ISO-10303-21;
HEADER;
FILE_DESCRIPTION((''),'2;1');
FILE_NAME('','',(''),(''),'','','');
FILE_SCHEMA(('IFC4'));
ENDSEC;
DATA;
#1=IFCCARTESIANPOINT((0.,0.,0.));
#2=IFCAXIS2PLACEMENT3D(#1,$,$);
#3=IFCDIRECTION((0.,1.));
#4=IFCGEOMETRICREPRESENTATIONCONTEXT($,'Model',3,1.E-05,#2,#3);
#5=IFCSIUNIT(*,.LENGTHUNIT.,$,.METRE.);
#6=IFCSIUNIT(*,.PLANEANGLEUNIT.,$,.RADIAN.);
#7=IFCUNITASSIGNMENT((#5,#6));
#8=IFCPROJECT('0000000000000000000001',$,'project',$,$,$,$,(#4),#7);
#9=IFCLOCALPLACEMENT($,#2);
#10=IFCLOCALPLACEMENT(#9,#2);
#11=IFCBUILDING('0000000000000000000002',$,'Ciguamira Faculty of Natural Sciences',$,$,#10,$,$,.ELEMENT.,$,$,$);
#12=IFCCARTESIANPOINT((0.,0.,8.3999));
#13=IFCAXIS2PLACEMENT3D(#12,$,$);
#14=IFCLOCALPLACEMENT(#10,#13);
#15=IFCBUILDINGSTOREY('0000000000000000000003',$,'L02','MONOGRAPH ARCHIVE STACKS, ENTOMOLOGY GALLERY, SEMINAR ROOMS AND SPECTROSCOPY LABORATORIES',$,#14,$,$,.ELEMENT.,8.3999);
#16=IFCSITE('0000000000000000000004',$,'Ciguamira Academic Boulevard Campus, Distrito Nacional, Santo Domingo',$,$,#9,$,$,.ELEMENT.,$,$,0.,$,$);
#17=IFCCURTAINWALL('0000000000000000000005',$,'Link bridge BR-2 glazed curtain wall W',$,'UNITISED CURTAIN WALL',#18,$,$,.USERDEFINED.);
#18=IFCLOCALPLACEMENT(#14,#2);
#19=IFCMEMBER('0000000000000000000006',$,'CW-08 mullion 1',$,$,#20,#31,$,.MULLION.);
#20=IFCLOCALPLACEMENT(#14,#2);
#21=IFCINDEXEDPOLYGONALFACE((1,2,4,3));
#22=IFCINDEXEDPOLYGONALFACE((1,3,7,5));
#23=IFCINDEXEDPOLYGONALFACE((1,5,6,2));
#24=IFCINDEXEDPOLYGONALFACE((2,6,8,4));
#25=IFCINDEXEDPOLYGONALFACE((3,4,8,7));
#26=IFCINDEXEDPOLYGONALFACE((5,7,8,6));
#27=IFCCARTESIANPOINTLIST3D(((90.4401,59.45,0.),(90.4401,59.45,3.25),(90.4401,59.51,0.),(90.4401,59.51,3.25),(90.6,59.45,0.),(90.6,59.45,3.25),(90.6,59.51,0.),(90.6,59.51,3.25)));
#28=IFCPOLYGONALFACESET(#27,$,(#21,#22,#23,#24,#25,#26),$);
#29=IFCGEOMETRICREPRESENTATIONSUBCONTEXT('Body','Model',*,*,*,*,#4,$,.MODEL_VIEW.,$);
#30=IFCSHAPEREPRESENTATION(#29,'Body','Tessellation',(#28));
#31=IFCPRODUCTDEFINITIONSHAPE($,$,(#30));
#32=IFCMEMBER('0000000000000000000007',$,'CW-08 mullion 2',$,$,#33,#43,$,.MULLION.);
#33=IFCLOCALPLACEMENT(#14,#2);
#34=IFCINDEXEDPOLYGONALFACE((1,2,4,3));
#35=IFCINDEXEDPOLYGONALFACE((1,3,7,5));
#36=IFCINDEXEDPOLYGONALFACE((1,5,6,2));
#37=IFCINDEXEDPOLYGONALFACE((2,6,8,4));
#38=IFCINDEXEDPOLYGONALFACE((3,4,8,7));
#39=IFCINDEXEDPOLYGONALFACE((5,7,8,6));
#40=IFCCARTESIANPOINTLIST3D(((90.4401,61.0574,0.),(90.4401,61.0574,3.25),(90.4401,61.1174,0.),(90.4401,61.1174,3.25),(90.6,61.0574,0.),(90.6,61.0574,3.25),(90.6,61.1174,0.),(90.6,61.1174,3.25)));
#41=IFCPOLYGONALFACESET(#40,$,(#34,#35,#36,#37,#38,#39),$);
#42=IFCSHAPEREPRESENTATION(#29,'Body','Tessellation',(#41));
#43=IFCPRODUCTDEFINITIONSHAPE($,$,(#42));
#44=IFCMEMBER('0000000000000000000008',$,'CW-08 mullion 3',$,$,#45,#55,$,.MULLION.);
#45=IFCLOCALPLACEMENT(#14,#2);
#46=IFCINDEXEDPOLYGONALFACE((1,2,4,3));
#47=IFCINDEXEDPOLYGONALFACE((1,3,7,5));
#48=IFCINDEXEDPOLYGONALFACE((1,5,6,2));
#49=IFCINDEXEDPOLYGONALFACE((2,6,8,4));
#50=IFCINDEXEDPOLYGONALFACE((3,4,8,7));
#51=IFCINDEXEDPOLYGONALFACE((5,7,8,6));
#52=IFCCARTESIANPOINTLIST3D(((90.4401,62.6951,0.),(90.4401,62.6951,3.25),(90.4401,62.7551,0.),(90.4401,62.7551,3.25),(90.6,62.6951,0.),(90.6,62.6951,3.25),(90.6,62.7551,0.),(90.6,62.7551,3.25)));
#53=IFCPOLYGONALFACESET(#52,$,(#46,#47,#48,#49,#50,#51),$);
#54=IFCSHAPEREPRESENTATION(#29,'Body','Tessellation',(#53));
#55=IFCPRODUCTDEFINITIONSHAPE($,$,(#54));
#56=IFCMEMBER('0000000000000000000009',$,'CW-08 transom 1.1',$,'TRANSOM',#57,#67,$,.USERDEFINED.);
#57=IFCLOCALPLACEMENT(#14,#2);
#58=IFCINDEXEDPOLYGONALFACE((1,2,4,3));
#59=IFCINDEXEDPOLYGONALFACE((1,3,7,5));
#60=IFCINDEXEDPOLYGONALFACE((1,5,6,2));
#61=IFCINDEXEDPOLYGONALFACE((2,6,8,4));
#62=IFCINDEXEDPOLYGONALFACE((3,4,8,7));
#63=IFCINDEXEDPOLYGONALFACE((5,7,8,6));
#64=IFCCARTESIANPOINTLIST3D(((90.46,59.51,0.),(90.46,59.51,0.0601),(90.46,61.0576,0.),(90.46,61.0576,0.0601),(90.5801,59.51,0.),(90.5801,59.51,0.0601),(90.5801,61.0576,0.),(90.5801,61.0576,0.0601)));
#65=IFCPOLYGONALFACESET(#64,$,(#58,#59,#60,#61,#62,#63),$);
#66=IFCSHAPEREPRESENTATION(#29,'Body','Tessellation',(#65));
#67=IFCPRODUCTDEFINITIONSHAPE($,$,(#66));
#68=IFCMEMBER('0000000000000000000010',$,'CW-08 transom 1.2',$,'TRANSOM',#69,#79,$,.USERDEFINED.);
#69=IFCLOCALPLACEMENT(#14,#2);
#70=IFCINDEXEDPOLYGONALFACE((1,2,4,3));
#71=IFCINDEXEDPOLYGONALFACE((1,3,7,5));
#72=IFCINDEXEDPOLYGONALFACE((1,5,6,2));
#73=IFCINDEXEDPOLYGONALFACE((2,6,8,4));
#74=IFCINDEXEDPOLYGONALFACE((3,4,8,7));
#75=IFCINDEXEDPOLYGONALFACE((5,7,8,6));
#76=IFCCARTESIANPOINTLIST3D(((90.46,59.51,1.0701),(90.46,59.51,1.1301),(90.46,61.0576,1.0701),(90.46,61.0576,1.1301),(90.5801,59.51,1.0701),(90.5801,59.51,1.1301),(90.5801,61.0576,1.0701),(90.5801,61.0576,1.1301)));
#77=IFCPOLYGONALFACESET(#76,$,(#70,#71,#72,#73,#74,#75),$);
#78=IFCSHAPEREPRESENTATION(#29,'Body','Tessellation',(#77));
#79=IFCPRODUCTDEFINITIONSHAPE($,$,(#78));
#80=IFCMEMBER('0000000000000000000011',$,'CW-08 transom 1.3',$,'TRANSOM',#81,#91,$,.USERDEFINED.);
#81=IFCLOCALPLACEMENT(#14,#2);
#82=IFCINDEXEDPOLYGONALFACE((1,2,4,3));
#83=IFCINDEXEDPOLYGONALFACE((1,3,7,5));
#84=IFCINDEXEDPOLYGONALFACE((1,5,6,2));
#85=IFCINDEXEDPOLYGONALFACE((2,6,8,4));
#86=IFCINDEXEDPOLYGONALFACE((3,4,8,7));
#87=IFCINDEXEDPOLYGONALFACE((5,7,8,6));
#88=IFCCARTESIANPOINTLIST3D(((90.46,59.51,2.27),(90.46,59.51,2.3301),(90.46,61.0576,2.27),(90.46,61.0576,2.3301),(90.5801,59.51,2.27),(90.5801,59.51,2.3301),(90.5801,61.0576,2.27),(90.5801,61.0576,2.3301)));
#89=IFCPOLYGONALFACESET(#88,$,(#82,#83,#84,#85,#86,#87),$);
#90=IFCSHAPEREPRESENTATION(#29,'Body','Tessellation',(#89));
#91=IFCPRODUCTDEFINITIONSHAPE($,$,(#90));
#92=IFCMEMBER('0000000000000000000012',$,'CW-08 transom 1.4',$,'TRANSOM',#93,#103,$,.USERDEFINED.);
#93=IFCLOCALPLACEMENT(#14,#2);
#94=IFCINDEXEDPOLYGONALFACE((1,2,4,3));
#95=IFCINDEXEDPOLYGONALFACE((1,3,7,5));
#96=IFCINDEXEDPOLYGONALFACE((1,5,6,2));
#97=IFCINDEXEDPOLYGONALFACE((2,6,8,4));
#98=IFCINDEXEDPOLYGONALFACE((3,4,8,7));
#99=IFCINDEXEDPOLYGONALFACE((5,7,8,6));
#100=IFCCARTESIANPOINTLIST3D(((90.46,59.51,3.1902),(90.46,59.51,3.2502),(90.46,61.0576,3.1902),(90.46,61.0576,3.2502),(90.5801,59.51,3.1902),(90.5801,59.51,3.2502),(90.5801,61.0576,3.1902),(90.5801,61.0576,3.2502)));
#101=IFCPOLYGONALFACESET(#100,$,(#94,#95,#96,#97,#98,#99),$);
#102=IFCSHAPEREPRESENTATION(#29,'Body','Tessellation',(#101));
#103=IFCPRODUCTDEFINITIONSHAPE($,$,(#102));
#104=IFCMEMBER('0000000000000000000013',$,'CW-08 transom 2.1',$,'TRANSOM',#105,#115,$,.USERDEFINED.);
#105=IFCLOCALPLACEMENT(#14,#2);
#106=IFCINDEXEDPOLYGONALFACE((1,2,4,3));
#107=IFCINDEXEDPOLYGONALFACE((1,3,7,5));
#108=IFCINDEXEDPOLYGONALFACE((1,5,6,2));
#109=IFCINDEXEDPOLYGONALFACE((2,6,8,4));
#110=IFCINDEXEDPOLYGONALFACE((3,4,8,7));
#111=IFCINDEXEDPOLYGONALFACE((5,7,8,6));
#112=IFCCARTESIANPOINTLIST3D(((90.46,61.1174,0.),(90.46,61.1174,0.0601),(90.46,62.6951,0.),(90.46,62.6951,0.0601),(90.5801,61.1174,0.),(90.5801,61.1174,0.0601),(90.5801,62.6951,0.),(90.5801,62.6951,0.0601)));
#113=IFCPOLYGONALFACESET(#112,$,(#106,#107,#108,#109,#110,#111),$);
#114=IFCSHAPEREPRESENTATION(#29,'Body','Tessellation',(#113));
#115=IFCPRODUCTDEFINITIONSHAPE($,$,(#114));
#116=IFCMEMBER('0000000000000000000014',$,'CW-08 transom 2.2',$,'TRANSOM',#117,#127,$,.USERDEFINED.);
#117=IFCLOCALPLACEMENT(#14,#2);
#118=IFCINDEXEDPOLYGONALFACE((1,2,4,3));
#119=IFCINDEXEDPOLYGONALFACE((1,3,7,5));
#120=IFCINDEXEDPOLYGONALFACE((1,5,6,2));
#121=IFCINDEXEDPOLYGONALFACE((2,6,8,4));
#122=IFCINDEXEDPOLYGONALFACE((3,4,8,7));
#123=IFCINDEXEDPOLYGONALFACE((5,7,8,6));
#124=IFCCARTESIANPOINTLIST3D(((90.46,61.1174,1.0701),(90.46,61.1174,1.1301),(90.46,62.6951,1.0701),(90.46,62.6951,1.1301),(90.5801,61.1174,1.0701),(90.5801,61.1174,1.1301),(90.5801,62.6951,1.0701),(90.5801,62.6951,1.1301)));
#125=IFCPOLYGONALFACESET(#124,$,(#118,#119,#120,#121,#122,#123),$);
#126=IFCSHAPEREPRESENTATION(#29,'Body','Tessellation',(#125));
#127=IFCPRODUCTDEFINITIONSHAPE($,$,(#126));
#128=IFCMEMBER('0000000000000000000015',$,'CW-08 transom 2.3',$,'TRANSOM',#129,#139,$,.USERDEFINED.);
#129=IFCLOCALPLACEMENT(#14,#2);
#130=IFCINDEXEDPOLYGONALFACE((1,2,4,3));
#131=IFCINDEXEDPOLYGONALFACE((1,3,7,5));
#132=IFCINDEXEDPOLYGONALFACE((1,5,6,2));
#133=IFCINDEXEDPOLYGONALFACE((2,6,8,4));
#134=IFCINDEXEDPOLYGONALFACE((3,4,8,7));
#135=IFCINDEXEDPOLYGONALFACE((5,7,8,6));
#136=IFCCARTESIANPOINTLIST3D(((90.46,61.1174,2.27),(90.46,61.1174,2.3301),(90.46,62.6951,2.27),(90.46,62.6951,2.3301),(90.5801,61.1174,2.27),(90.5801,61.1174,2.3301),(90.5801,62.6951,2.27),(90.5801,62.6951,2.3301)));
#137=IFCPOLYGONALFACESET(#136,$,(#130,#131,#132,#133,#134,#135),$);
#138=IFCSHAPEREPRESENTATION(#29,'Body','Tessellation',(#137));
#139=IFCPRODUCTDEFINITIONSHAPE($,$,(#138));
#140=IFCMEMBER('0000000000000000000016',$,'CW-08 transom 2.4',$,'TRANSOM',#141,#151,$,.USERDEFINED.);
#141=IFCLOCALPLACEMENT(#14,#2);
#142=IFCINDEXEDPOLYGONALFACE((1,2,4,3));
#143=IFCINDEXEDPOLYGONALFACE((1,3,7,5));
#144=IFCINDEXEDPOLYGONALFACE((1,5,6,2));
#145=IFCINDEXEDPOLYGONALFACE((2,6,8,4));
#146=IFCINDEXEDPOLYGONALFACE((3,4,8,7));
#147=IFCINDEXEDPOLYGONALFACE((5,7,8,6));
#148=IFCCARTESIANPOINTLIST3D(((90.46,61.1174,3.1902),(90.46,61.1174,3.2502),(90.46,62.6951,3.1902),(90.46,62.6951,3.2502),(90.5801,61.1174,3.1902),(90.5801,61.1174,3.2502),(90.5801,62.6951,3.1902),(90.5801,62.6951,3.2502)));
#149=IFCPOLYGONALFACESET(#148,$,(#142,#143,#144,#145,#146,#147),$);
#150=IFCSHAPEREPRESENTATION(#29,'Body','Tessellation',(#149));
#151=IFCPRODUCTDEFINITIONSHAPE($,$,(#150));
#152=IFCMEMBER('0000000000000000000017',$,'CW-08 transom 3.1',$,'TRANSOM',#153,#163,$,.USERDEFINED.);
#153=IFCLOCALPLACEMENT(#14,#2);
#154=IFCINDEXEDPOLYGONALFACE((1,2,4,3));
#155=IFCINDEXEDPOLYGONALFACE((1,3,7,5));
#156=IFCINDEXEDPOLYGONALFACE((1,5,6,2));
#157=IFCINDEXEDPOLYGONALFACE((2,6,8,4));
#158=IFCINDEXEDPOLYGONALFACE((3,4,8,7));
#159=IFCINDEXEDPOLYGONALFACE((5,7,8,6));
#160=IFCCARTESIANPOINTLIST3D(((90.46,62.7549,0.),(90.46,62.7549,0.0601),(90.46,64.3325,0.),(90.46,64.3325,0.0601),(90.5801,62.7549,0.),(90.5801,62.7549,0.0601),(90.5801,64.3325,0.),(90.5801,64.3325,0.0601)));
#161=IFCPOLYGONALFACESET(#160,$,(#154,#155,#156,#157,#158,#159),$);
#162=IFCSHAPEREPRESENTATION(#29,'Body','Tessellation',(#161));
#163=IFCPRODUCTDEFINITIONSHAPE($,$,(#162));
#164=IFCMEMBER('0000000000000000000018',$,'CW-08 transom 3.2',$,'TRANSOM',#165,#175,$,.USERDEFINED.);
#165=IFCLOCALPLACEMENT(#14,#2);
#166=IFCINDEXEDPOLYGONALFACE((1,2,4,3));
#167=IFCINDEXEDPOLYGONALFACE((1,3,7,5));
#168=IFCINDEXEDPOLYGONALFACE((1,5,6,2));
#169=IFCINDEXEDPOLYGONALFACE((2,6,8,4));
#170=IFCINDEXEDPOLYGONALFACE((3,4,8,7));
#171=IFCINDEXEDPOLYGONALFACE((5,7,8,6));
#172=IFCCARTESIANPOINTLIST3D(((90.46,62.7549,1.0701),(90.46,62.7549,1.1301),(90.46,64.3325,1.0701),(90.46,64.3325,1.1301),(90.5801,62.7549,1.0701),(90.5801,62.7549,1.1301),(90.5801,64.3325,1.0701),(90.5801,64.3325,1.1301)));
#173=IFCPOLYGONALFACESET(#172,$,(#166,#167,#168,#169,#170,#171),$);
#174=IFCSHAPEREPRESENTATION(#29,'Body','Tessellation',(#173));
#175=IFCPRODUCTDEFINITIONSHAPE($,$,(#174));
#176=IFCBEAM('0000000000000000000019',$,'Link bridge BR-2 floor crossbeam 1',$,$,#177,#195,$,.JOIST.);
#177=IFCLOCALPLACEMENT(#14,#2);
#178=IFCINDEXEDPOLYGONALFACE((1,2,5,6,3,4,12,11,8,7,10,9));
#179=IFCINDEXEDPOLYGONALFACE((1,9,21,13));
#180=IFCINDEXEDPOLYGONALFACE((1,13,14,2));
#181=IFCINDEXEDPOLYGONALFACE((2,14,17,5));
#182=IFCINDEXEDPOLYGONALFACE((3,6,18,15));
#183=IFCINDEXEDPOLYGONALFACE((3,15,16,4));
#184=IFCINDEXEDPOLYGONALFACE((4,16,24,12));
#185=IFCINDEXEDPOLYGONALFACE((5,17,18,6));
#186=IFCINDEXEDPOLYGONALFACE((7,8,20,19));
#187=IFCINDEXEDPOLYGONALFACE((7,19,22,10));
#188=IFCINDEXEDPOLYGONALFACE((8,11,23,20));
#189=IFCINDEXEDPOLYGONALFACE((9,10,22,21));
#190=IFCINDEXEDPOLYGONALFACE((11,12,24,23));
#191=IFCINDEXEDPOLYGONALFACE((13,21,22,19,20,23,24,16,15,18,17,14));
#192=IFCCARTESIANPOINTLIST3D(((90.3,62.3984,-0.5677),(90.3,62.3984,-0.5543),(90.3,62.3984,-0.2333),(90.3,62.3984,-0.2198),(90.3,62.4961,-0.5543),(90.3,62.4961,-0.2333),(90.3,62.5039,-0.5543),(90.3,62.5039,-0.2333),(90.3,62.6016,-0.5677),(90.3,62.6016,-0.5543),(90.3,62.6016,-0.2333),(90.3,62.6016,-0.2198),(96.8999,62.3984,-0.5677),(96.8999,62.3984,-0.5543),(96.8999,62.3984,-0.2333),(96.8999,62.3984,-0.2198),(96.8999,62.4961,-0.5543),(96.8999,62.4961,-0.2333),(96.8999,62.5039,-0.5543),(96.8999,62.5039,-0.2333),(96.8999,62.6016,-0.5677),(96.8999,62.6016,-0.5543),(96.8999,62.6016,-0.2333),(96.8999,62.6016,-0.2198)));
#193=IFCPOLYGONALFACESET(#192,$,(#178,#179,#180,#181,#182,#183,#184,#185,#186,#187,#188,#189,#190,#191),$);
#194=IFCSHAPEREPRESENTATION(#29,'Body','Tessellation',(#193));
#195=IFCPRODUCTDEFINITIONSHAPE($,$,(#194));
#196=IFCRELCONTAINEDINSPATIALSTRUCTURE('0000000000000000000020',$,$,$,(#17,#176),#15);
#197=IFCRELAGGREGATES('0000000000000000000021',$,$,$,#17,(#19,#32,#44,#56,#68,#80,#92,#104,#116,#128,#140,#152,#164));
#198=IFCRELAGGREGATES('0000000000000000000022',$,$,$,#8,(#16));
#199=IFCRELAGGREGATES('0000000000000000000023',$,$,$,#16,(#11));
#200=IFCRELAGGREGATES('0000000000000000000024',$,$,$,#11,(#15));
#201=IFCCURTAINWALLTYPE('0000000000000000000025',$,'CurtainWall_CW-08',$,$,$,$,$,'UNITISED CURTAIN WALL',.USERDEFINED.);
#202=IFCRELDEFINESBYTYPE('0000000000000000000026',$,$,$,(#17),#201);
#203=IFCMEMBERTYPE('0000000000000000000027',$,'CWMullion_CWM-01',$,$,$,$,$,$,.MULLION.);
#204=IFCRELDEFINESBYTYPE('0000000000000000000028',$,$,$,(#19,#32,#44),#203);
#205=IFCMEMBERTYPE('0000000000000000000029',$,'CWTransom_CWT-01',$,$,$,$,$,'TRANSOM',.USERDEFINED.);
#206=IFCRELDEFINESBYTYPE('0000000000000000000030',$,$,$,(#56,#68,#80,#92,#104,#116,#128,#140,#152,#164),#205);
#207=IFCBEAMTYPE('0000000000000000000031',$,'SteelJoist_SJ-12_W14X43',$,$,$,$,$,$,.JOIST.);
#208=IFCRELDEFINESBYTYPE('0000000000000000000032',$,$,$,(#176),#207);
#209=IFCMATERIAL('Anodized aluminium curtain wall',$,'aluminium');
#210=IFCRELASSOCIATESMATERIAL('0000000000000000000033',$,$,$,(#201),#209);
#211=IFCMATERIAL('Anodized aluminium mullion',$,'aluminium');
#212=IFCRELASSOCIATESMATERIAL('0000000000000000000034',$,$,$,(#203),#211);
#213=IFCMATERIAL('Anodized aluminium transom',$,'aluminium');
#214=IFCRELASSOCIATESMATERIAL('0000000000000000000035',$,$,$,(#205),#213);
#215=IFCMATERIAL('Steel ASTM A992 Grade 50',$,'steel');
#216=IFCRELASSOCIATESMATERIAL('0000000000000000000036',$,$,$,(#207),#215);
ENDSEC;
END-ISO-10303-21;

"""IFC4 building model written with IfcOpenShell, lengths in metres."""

from ifc_helpers import new_model, si_unit, direction, frame, origin, origin_2d, place, context, subcontext, project, spatial, rectangle, i_section, extrude, material, material_profile, profile_set, type_object, element, aggregate, save


model = new_model("IFC4")

# Units and contexts
model_context = context("Model", 3, precision=1e-05, world=origin(), true_north=direction((0.0, 1.0)))
body_context = subcontext(model_context, "Body", "Model", "MODEL_VIEW")
ifc_project = project(units=[si_unit("LENGTHUNIT", "METRE"), si_unit("PLANEANGLEUNIT", "RADIAN")], contexts=[model_context])

# Site, building, storey
site_placement = place(None, origin())
site = spatial("IfcSite", under=ifc_project, at=site_placement, Name="Ciguamira Academic Boulevard Campus, Distrito Nacional, Santo Domingo", CompositionType="ELEMENT", RefElevation=0.0)
building_placement = place(site_placement, origin())
building = spatial("IfcBuilding", under=site, at=building_placement, Name="Ciguamira Faculty of Natural Sciences", CompositionType="ELEMENT")
storey_placement = place(building_placement, frame((0.0, 0.0, 8.3999)))
storey = spatial("IfcBuildingStorey", under=building, at=storey_placement, Name="L02", Description="MONOGRAPH ARCHIVE STACKS, ENTOMOLOGY GALLERY, SEMINAR ROOMS AND SPECTROSCOPY LABORATORIES", CompositionType="ELEMENT", Elevation=8.3999)

# Curtain wall, members
ifc_material_1 = material(Name="Anodized aluminium curtain wall", Category="aluminium")
curtain_wall_type = type_object("IfcCurtainWallType", Name="CurtainWall_CW-08", ElementType="UNITISED CURTAIN WALL", PredefinedType="USERDEFINED", material=ifc_material_1)
curtain_wall_placement = place(storey_placement, origin())
curtain_wall = element("IfcCurtainWall", 1, at=curtain_wall_placement, inside=storey, type_object=curtain_wall_type, Name="Link bridge BR-2 glazed curtain wall W", ObjectType="UNITISED CURTAIN WALL", PredefinedType="USERDEFINED")
ifc_material_2 = material(Name="Anodized aluminium mullion", Category="aluminium")
ifc_material_profile_1 = material_profile(ifc_material_2, rectangle(XDim=0.0601, YDim=0.1599, at=origin_2d()), Name="ALU-MUL-60X160")
ifc_profile_set_1 = profile_set([ifc_material_profile_1], Name="Anodized aluminium mullion")
member_type_1 = type_object("IfcMemberType", Name="CWMullion_CWM-01", PredefinedType="MULLION", material=ifc_profile_set_1)
member_1_placement = place(storey_placement, frame((90.52, 59.48, 0.0), z_axis=(0.0, 0.0, 1.0), x_axis=(0.0, 1.0, 0.0)))
member_1 = element("IfcMember", 2, at=member_1_placement, type_object=member_type_1, Name="CW-08 mullion 1", PredefinedType="MULLION", context=body_context, shape_type="SweptSolid", body=[
    extrude(rectangle(XDim=0.0601, YDim=0.1599, at=origin_2d()), origin(), (0.0, 0.0, 1.0), 3.25),
])
member_2_placement = place(storey_placement, frame((90.52, 61.0874, 0.0), z_axis=(0.0, 0.0, 1.0), x_axis=(0.0, 1.0, 0.0)))
member_2 = element("IfcMember", 3, at=member_2_placement, type_object=member_type_1, Name="CW-08 mullion 2", PredefinedType="MULLION", context=body_context, shape_type="SweptSolid", body=[
    extrude(rectangle(XDim=0.0601, YDim=0.1599, at=origin_2d()), origin(), (0.0, 0.0, 1.0), 3.25),
])
member_3_placement = place(storey_placement, frame((90.52, 62.7251, 0.0), z_axis=(0.0, 0.0, 1.0), x_axis=(0.0, 1.0, 0.0)))
member_3 = element("IfcMember", 4, at=member_3_placement, type_object=member_type_1, Name="CW-08 mullion 3", PredefinedType="MULLION", context=body_context, shape_type="SweptSolid", body=[
    extrude(rectangle(XDim=0.0601, YDim=0.1599, at=origin_2d()), origin(), (0.0, 0.0, 1.0), 3.25),
])
ifc_material_3 = material(Name="Anodized aluminium transom", Category="aluminium")
ifc_material_profile_2 = material_profile(ifc_material_3, rectangle(XDim=0.0601, YDim=0.1201, at=origin_2d()), Name="ALU-TRN-60X120")
ifc_profile_set_2 = profile_set([ifc_material_profile_2], Name="Anodized aluminium transom")
member_type_2 = type_object("IfcMemberType", Name="CWTransom_CWT-01", ElementType="TRANSOM", PredefinedType="USERDEFINED", material=ifc_profile_set_2)
member_4_placement = place(storey_placement, frame((90.52, 59.51, 0.03), z_axis=(0.0, 1.0, 0.0), x_axis=(0.0, 0.0, 1.0)))
member_4 = element("IfcMember", 5, at=member_4_placement, type_object=member_type_2, Name="CW-08 transom 1.1", ObjectType="TRANSOM", PredefinedType="USERDEFINED", context=body_context, shape_type="SweptSolid", body=[
    extrude(rectangle(XDim=0.0601, YDim=0.1201, at=origin_2d()), origin(), (0.0, 0.0, 1.0), 1.5476),
])
member_5_placement = place(storey_placement, frame((90.52, 59.51, 1.1001), z_axis=(0.0, 1.0, 0.0), x_axis=(0.0, 0.0, 1.0)))
member_5 = element("IfcMember", 6, at=member_5_placement, type_object=member_type_2, Name="CW-08 transom 1.2", ObjectType="TRANSOM", PredefinedType="USERDEFINED", context=body_context, shape_type="SweptSolid", body=[
    extrude(rectangle(XDim=0.0601, YDim=0.1201, at=origin_2d()), origin(), (0.0, 0.0, 1.0), 1.5476),
])
member_6_placement = place(storey_placement, frame((90.52, 59.51, 2.3), z_axis=(0.0, 1.0, 0.0), x_axis=(0.0, 0.0, 1.0)))
member_6 = element("IfcMember", 7, at=member_6_placement, type_object=member_type_2, Name="CW-08 transom 1.3", ObjectType="TRANSOM", PredefinedType="USERDEFINED", context=body_context, shape_type="SweptSolid", body=[
    extrude(rectangle(XDim=0.0601, YDim=0.1201, at=origin_2d()), origin(), (0.0, 0.0, 1.0), 1.5476),
])
member_7_placement = place(storey_placement, frame((90.52, 59.51, 3.2202), z_axis=(0.0, 1.0, 0.0), x_axis=(0.0, 0.0, 1.0)))
member_7 = element("IfcMember", 8, at=member_7_placement, type_object=member_type_2, Name="CW-08 transom 1.4", ObjectType="TRANSOM", PredefinedType="USERDEFINED", context=body_context, shape_type="SweptSolid", body=[
    extrude(rectangle(XDim=0.0601, YDim=0.1201, at=origin_2d()), origin(), (0.0, 0.0, 1.0), 1.5476),
])
member_8_placement = place(storey_placement, frame((90.52, 61.1174, 0.03), z_axis=(0.0, 1.0, 0.0), x_axis=(0.0, 0.0, 1.0)))
member_8 = element("IfcMember", 9, at=member_8_placement, type_object=member_type_2, Name="CW-08 transom 2.1", ObjectType="TRANSOM", PredefinedType="USERDEFINED", context=body_context, shape_type="SweptSolid", body=[
    extrude(rectangle(XDim=0.0601, YDim=0.1201, at=origin_2d()), origin(), (0.0, 0.0, 1.0), 1.5776),
])
member_9_placement = place(storey_placement, frame((90.52, 61.1174, 1.1001), z_axis=(0.0, 1.0, 0.0), x_axis=(0.0, 0.0, 1.0)))
member_9 = element("IfcMember", 10, at=member_9_placement, type_object=member_type_2, Name="CW-08 transom 2.2", ObjectType="TRANSOM", PredefinedType="USERDEFINED", context=body_context, shape_type="SweptSolid", body=[
    extrude(rectangle(XDim=0.0601, YDim=0.1201, at=origin_2d()), origin(), (0.0, 0.0, 1.0), 1.5776),
])
member_10_placement = place(storey_placement, frame((90.52, 61.1174, 2.3), z_axis=(0.0, 1.0, 0.0), x_axis=(0.0, 0.0, 1.0)))
member_10 = element("IfcMember", 11, at=member_10_placement, type_object=member_type_2, Name="CW-08 transom 2.3", ObjectType="TRANSOM", PredefinedType="USERDEFINED", context=body_context, shape_type="SweptSolid", body=[
    extrude(rectangle(XDim=0.0601, YDim=0.1201, at=origin_2d()), origin(), (0.0, 0.0, 1.0), 1.5776),
])
member_11_placement = place(storey_placement, frame((90.52, 61.1174, 3.2202), z_axis=(0.0, 1.0, 0.0), x_axis=(0.0, 0.0, 1.0)))
member_11 = element("IfcMember", 12, at=member_11_placement, type_object=member_type_2, Name="CW-08 transom 2.4", ObjectType="TRANSOM", PredefinedType="USERDEFINED", context=body_context, shape_type="SweptSolid", body=[
    extrude(rectangle(XDim=0.0601, YDim=0.1201, at=origin_2d()), origin(), (0.0, 0.0, 1.0), 1.5776),
])
member_12_placement = place(storey_placement, frame((90.52, 62.7549, 0.03), z_axis=(0.0, 1.0, 0.0), x_axis=(0.0, 0.0, 1.0)))
member_12 = element("IfcMember", 13, at=member_12_placement, type_object=member_type_2, Name="CW-08 transom 3.1", ObjectType="TRANSOM", PredefinedType="USERDEFINED", context=body_context, shape_type="SweptSolid", body=[
    extrude(rectangle(XDim=0.0601, YDim=0.1201, at=origin_2d()), origin(), (0.0, 0.0, 1.0), 1.5776),
])
member_13_placement = place(storey_placement, frame((90.52, 62.7549, 1.1001), z_axis=(0.0, 1.0, 0.0), x_axis=(0.0, 0.0, 1.0)))
member_13 = element("IfcMember", 14, at=member_13_placement, type_object=member_type_2, Name="CW-08 transom 3.2", ObjectType="TRANSOM", PredefinedType="USERDEFINED", context=body_context, shape_type="SweptSolid", body=[
    extrude(rectangle(XDim=0.0601, YDim=0.1201, at=origin_2d()), origin(), (0.0, 0.0, 1.0), 1.5776),
])

# Beam
ifc_material_4 = material(Name="Steel ASTM A992 Grade 50", Category="steel")
ifc_material_profile_3 = material_profile(ifc_material_4, i_section(OverallWidth=0.2031, OverallDepth=0.3479, WebThickness=0.0078, FlangeThickness=0.0134, at=origin_2d()), Name="W14X43")
ifc_profile_set_3 = profile_set([ifc_material_profile_3], Name="Steel ASTM A992 Grade 50")
beam_type = type_object("IfcBeamType", Name="SteelJoist_SJ-12_W14X43", PredefinedType="JOIST", material=ifc_profile_set_3)
beam_placement = place(storey_placement, frame((90.3, 62.5, -0.3938), z_axis=(1.0, 0.0, 0.0), x_axis=(0.0, 1.0, 0.0)))
element("IfcBeam", 15, at=beam_placement, inside=storey, type_object=beam_type, Name="Link bridge BR-2 floor crossbeam 1", PredefinedType="JOIST", context=body_context, shape_type="SweptSolid", body=[
    extrude(i_section(OverallWidth=0.2031, OverallDepth=0.3479, WebThickness=0.0078, FlangeThickness=0.0134, at=origin_2d()), origin(), (0.0, 0.0, 1.0), 6.5999),
])

aggregate(curtain_wall, [member_1, member_2, member_3, member_4, member_5, member_6, member_7, member_8, member_9, member_10, member_11, member_12, member_13])

save(model, "model.ifc")
